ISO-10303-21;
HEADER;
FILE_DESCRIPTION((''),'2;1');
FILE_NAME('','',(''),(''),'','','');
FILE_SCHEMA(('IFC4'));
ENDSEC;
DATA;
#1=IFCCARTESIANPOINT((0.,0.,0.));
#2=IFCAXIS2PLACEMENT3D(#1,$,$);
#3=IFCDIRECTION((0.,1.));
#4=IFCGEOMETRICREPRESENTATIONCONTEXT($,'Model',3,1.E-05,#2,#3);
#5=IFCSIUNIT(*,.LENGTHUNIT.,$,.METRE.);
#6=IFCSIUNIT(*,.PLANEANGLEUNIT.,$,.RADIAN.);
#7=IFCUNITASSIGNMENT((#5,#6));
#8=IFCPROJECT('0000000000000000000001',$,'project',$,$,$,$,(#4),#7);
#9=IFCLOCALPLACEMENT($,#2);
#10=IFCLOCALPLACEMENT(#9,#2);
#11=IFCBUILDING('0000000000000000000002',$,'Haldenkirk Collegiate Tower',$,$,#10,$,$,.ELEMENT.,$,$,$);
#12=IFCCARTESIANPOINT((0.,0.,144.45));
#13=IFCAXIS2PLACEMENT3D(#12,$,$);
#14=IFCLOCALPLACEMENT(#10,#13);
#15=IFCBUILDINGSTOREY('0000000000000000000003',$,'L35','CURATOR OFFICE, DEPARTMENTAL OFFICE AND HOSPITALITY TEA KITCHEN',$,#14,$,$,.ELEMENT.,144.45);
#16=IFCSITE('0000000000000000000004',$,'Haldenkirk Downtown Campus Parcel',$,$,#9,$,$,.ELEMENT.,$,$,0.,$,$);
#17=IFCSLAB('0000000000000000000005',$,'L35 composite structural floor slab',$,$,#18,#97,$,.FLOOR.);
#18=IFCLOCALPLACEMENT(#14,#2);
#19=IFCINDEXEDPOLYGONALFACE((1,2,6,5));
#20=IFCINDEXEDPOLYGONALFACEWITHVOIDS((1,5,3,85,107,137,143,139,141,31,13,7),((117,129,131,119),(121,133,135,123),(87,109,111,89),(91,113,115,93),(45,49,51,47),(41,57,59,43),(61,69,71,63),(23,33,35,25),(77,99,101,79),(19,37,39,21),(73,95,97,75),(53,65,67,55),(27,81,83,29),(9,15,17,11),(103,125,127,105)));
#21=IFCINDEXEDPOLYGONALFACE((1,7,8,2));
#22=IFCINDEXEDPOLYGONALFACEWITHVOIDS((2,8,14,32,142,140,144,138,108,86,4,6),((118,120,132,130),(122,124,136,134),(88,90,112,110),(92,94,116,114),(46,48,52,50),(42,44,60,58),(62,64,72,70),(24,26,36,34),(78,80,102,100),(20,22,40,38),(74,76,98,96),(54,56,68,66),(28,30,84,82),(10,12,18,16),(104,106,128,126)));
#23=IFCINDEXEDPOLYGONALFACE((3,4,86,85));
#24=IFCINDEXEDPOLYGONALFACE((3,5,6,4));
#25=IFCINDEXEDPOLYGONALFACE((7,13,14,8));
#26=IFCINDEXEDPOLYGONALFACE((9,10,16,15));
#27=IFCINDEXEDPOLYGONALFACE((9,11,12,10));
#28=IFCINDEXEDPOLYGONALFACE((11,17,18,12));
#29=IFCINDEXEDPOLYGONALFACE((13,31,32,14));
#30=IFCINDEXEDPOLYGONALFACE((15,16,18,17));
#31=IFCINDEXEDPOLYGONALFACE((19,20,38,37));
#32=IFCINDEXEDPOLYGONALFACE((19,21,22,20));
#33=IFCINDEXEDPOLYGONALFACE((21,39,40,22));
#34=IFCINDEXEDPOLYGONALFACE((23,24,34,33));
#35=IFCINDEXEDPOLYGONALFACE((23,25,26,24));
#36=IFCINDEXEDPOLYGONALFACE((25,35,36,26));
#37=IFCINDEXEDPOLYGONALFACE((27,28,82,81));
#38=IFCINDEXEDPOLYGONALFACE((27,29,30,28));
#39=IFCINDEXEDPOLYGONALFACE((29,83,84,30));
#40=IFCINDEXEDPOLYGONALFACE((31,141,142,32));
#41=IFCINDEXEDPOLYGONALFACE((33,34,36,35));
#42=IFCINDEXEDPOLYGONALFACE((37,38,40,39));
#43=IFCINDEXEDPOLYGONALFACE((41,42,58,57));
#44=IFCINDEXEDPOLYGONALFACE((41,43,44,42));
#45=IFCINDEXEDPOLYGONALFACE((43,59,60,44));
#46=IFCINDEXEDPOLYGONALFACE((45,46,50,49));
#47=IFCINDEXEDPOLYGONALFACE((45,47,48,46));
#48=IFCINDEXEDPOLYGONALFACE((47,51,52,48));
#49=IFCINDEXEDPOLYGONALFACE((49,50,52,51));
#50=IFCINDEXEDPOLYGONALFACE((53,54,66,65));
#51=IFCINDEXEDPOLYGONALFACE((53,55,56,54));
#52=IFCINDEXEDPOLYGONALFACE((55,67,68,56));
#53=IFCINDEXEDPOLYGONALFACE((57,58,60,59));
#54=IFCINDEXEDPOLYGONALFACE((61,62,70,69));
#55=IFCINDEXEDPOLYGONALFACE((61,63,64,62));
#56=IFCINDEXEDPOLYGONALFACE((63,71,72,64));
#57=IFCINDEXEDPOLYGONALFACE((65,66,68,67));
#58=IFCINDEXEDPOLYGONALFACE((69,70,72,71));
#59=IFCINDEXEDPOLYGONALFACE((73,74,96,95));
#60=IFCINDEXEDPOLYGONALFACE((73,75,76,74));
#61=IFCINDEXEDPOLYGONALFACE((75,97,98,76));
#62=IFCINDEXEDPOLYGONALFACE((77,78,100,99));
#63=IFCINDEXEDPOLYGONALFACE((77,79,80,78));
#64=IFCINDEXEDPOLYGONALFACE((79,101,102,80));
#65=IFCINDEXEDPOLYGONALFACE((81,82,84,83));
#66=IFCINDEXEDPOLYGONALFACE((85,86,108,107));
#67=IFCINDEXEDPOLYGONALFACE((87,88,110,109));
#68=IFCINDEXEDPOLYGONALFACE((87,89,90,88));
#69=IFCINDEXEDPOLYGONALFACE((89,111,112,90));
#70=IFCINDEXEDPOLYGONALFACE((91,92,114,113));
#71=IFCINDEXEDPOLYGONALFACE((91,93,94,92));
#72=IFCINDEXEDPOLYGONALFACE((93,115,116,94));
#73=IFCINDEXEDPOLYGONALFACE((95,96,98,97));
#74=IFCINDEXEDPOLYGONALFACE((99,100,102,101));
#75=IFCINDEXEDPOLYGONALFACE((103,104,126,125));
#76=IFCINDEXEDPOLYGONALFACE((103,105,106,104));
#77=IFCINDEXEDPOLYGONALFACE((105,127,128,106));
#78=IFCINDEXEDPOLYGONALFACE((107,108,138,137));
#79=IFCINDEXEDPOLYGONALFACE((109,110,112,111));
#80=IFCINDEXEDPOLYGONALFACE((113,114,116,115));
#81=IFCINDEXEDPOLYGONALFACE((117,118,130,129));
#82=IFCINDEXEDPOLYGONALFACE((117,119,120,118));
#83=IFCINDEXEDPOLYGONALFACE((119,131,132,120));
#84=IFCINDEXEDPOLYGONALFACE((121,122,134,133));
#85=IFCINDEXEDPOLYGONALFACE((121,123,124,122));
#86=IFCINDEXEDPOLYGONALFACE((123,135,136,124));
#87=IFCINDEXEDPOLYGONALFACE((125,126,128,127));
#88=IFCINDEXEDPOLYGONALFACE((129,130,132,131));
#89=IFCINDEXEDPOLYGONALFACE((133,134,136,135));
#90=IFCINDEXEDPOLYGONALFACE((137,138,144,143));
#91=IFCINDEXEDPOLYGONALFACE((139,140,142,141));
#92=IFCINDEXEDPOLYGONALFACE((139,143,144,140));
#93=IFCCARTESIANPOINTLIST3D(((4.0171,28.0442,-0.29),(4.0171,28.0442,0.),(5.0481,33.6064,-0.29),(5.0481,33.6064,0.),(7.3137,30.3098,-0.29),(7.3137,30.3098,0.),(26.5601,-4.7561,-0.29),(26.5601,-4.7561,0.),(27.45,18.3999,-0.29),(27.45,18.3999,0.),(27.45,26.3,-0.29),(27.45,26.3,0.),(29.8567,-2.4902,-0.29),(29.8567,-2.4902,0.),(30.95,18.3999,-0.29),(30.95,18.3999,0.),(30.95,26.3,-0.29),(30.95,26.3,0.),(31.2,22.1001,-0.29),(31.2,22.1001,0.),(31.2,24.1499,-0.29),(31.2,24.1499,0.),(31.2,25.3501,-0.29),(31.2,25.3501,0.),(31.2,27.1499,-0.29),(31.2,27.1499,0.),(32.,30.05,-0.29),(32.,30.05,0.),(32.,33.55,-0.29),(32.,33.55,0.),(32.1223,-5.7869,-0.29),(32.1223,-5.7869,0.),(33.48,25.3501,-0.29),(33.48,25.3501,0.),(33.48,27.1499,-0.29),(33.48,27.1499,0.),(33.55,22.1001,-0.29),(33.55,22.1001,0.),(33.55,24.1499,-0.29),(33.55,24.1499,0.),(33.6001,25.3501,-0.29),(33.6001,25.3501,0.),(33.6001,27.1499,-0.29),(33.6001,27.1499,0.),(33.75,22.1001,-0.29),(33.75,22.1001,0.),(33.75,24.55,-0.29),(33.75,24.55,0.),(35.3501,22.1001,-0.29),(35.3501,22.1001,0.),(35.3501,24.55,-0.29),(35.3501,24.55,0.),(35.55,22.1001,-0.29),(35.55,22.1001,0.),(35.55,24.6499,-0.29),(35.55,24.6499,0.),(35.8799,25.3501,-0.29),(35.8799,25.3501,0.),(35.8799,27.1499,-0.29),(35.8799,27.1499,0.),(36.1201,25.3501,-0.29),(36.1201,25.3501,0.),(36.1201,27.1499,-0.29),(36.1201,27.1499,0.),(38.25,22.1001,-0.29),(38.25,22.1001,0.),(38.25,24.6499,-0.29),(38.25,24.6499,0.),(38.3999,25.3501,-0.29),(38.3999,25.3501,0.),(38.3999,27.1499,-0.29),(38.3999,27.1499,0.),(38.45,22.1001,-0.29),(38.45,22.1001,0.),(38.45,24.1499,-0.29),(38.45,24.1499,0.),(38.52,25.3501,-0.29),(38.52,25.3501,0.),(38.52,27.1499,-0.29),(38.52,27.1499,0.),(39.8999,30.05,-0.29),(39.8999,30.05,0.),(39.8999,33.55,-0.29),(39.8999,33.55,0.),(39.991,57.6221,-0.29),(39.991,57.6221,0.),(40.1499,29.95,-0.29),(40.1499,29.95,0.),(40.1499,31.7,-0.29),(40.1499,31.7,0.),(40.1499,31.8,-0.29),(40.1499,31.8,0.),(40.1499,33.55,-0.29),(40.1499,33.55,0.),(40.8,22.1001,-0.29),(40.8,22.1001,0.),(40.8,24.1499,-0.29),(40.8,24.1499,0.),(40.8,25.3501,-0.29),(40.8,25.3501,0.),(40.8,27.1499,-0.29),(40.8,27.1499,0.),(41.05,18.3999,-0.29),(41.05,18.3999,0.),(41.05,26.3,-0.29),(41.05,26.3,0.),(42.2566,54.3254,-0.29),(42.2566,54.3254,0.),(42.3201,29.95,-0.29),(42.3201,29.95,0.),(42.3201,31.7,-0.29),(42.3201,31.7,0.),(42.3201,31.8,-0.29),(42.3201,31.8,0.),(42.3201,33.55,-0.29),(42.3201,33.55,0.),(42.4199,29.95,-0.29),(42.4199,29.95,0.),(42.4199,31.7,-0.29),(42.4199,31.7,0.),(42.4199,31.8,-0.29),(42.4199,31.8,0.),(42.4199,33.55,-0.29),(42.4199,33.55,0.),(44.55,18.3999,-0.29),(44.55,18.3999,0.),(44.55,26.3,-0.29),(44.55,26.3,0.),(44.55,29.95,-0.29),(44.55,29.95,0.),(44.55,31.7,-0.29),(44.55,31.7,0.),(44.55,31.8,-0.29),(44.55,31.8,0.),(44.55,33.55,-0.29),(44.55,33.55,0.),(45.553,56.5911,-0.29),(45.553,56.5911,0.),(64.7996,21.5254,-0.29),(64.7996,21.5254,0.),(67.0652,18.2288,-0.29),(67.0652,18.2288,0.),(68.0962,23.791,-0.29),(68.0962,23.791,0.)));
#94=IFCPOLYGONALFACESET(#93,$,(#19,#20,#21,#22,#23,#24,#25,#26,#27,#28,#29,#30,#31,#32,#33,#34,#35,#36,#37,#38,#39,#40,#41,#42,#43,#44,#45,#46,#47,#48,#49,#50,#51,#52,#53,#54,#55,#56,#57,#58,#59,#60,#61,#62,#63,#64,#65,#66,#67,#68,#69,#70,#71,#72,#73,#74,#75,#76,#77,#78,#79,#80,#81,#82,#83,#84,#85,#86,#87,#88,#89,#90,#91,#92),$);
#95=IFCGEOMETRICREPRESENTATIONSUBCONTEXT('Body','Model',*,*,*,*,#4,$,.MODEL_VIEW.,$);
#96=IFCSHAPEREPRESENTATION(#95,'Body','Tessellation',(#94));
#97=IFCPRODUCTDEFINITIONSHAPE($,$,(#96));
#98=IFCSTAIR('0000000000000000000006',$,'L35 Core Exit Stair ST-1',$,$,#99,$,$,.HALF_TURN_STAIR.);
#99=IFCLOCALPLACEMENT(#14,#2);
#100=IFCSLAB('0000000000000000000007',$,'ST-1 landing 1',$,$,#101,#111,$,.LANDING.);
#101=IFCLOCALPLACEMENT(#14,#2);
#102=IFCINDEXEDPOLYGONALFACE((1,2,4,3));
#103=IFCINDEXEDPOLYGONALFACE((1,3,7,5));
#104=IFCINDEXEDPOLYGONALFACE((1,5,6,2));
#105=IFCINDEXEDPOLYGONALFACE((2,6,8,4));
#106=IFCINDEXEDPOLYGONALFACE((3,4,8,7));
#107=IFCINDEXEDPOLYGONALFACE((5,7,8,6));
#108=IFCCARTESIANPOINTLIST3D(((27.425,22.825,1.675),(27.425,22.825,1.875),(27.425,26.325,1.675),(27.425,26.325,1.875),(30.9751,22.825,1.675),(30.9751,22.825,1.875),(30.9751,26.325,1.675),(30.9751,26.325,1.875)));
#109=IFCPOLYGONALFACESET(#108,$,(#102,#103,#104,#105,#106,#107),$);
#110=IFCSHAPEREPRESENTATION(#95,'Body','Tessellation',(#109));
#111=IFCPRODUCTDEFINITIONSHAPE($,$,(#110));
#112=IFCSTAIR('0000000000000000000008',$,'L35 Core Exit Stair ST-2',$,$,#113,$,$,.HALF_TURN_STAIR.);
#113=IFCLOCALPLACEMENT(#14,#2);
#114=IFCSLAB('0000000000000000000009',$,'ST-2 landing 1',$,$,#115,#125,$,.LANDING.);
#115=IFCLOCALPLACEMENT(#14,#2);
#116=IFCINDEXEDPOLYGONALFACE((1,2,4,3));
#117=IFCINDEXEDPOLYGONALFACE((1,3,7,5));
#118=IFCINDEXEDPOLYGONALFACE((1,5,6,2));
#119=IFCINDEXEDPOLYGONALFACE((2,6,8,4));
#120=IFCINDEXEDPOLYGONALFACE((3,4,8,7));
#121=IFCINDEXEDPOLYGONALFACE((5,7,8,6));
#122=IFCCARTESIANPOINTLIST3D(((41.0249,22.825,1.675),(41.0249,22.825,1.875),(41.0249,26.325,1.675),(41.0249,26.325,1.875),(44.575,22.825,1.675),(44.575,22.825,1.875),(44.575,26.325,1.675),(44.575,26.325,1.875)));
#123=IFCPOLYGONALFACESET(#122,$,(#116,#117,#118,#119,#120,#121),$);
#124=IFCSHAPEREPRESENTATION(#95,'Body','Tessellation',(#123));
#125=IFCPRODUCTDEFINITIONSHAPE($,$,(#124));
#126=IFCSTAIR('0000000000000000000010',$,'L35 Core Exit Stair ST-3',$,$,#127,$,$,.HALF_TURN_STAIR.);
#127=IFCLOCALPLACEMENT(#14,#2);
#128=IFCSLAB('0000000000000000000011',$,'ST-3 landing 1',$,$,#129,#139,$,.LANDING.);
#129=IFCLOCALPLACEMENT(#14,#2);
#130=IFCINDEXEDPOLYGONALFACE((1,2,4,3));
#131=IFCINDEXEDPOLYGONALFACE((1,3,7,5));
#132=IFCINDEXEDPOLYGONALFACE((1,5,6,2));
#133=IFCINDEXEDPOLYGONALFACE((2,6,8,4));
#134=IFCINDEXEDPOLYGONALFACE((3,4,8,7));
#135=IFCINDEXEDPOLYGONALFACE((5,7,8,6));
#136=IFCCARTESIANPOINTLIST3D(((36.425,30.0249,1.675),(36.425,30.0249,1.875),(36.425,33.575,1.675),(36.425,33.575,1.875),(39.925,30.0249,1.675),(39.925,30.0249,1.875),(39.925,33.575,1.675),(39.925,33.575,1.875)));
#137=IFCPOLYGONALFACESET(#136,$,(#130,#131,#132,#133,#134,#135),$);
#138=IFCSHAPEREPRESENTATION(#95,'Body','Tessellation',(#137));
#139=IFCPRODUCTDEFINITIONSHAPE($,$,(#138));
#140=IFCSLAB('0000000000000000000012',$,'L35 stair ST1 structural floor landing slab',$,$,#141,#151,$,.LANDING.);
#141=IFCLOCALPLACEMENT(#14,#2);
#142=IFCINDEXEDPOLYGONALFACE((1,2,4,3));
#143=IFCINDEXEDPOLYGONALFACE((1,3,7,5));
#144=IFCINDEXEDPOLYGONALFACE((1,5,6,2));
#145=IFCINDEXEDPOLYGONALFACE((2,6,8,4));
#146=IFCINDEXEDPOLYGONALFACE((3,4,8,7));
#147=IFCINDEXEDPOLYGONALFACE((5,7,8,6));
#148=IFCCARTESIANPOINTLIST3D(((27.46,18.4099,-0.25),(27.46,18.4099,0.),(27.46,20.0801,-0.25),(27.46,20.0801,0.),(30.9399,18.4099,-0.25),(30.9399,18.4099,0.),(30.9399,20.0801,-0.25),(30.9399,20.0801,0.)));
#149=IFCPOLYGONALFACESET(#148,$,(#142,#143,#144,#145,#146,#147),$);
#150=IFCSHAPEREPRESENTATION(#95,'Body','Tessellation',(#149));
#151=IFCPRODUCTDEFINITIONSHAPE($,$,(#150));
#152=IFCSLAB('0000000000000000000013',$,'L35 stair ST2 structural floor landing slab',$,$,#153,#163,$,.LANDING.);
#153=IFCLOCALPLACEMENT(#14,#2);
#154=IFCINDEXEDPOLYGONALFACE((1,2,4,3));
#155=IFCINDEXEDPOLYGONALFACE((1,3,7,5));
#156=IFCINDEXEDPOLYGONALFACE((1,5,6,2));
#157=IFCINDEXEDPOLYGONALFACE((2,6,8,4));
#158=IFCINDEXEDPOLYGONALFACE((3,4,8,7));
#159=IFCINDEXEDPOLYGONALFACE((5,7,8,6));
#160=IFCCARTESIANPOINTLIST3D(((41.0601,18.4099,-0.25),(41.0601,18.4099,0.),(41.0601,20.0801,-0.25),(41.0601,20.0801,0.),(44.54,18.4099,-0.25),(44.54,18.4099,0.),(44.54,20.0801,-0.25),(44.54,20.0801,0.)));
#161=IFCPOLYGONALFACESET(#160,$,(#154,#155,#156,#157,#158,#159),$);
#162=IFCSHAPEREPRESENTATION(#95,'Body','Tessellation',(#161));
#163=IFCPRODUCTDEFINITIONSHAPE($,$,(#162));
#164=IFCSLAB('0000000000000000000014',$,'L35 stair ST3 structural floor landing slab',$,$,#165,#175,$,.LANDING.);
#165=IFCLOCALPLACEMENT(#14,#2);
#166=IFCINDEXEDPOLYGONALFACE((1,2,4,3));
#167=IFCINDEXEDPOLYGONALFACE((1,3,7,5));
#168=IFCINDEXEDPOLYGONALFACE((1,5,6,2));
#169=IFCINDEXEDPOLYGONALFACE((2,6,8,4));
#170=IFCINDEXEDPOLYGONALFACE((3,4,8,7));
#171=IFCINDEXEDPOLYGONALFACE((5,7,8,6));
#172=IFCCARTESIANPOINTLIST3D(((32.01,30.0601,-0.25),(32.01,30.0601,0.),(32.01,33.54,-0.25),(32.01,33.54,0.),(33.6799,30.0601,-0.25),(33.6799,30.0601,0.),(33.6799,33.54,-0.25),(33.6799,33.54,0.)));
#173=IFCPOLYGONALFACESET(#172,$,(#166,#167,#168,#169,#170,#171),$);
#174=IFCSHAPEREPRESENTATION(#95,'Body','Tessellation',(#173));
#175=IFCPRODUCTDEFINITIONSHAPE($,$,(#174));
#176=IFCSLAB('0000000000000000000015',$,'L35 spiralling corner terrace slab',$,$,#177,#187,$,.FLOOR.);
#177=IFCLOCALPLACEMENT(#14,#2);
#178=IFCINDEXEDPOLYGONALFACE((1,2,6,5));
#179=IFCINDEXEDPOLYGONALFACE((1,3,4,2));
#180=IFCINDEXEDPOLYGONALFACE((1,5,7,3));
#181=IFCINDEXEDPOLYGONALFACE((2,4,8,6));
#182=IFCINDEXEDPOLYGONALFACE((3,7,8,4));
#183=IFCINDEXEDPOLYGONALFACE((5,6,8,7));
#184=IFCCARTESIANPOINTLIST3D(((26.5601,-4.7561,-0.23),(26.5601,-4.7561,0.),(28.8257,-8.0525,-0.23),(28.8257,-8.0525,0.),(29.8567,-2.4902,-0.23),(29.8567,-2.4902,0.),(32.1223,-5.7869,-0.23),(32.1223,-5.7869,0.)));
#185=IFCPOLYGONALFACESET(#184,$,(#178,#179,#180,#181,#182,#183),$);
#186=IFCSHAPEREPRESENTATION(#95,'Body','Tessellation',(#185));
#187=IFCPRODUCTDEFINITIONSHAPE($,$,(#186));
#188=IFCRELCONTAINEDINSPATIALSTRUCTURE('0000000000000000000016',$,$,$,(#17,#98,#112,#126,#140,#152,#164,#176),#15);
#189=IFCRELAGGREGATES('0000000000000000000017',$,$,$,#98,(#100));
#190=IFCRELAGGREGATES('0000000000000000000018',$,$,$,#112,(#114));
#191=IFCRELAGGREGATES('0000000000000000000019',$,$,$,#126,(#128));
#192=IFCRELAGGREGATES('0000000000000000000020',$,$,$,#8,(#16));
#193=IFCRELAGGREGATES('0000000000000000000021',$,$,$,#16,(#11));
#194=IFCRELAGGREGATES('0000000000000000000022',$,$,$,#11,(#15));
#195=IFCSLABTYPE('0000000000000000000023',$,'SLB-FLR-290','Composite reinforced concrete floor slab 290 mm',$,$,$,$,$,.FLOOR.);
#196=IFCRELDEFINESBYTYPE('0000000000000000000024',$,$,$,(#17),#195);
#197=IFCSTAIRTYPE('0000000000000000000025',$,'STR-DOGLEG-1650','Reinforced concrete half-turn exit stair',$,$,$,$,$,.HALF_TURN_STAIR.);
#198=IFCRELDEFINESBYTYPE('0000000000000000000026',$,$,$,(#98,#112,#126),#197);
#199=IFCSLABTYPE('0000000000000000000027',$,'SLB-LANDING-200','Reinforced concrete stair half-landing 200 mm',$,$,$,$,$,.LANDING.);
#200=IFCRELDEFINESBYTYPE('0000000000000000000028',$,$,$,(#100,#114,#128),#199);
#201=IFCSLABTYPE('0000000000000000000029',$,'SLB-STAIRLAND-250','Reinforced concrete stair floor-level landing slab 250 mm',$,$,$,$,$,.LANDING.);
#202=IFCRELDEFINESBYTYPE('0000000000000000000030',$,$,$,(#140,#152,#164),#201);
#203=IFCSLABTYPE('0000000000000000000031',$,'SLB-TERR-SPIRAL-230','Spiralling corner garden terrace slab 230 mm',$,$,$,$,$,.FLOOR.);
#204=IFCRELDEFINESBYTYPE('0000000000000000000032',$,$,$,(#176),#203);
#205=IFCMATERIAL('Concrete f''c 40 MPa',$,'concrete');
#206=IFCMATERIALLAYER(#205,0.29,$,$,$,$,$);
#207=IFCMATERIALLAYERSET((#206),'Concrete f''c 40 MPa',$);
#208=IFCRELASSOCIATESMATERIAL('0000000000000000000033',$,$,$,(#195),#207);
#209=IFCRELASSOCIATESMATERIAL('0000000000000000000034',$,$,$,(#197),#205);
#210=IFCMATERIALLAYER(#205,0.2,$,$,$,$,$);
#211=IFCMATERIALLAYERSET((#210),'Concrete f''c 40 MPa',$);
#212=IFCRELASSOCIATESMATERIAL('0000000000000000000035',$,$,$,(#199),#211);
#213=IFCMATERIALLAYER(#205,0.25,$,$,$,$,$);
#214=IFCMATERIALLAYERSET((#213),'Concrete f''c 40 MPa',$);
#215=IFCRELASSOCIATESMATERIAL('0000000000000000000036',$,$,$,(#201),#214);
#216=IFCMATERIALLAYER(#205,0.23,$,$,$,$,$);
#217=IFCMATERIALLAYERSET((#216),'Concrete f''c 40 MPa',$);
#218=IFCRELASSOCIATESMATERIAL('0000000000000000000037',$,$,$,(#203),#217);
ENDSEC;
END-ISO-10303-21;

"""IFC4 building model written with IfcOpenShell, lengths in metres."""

from ifc_helpers import new_model, si_unit, direction, frame, origin, place, context, subcontext, project, spatial, polyline, outline, extrude, material, layer, layer_set, type_object, element, aggregate, save


model = new_model("IFC4")

# Units and contexts
model_context = context("Model", 3, precision=1e-05, world=origin(), true_north=direction((0.0, 1.0)))
body_context = subcontext(model_context, "Body", "Model", "MODEL_VIEW")
ifc_project = project(units=[si_unit("LENGTHUNIT", "METRE"), si_unit("PLANEANGLEUNIT", "RADIAN")], contexts=[model_context])

# Site, building, storey
site_placement = place(None, origin())
site = spatial("IfcSite", under=ifc_project, at=site_placement, Name="Haldenkirk Downtown Campus Parcel", CompositionType="ELEMENT", RefElevation=0.0)
building_placement = place(site_placement, origin())
building = spatial("IfcBuilding", under=site, at=building_placement, Name="Haldenkirk Collegiate Tower", CompositionType="ELEMENT")
storey_placement = place(building_placement, frame((0.0, 0.0, 144.45)))
storey = spatial("IfcBuildingStorey", under=building, at=storey_placement, Name="L35", Description="CURATOR OFFICE, DEPARTMENTAL OFFICE AND HOSPITALITY TEA KITCHEN", CompositionType="ELEMENT", Elevation=144.45)

# Slab
ifc_material_1 = material(Name="Concrete f'c 40 MPa", Category="concrete")
ifc_layer_1 = layer(ifc_material_1, 0.29)
ifc_layer_set_1 = layer_set([ifc_layer_1], Name="Concrete f'c 40 MPa")
slab_type_1 = type_object("IfcSlabType", Name="SLB-FLR-290", Description="Composite reinforced concrete floor slab 290 mm", PredefinedType="FLOOR", material=ifc_layer_set_1)
slab_1_placement = place(storey_placement, frame((0.0, 0.0, -0.29)))
element("IfcSlab", 1, at=slab_1_placement, inside=storey, type_object=slab_type_1, Name="L35 composite structural floor slab", PredefinedType="FLOOR", context=body_context, shape_type="SweptSolid", body=[
    extrude(outline(polyline([(32.1223, -5.7869), (67.0652, 18.2288), (64.7996, 21.5254), (68.0962, 23.791), (45.553, 56.5911), (42.2566, 54.3254), (39.991, 57.6221), (5.0481, 33.6064), (7.3137, 30.3098), (4.0171, 28.0442), (26.5601, -4.7561), (29.8567, -2.4902), (32.1223, -5.7869)]), holes=[polyline([(27.45, 18.3999), (30.95, 18.3999), (30.95, 26.3), (27.45, 26.3), (27.45, 18.3999)]), polyline([(41.05, 18.3999), (44.55, 18.3999), (44.55, 26.3), (41.05, 26.3), (41.05, 18.3999)]), polyline([(32.0, 30.05), (39.8999, 30.05), (39.8999, 33.55), (32.0, 33.55), (32.0, 30.05)]), polyline([(33.75, 22.1001), (35.3501, 22.1001), (35.3501, 24.55), (33.75, 24.55), (33.75, 22.1001)]), polyline([(40.1499, 29.95), (42.3201, 29.95), (42.3201, 31.7), (40.1499, 31.7), (40.1499, 29.95)]), polyline([(42.4199, 29.95), (44.55, 29.95), (44.55, 31.7), (42.4199, 31.7), (42.4199, 29.95)]), polyline([(40.1499, 31.8), (42.3201, 31.8), (42.3201, 33.55), (40.1499, 33.55), (40.1499, 31.8)]), polyline([(42.4199, 31.8), (44.55, 31.8), (44.55, 33.55), (42.4199, 33.55), (42.4199, 31.8)]), polyline([(31.2, 25.3501), (33.48, 25.3501), (33.48, 27.1499), (31.2, 27.1499), (31.2, 25.3501)]), polyline([(33.6001, 25.3501), (35.8799, 25.3501), (35.8799, 27.1499), (33.6001, 27.1499), (33.6001, 25.3501)]), polyline([(36.1201, 25.3501), (38.3999, 25.3501), (38.3999, 27.1499), (36.1201, 27.1499), (36.1201, 25.3501)]), polyline([(38.52, 25.3501), (40.8, 25.3501), (40.8, 27.1499), (38.52, 27.1499), (38.52, 25.3501)]), polyline([(31.2, 22.1001), (33.55, 22.1001), (33.55, 24.1499), (31.2, 24.1499), (31.2, 22.1001)]), polyline([(38.45, 22.1001), (40.8, 22.1001), (40.8, 24.1499), (38.45, 24.1499), (38.45, 22.1001)]), polyline([(35.55, 22.1001), (38.25, 22.1001), (38.25, 24.6499), (35.55, 24.6499), (35.55, 22.1001)])]), origin(), (0.0, 0.0, 1.0), 0.29),
])

# Stairs, slabs
stair_type = type_object("IfcStairType", Name="STR-DOGLEG-1650", Description="Reinforced concrete half-turn exit stair", PredefinedType="HALF_TURN_STAIR", material=ifc_material_1)
stair_1_placement = place(storey_placement, origin())
stair_1 = element("IfcStair", 2, at=stair_1_placement, inside=storey, type_object=stair_type, Name="L35 Core Exit Stair ST-1", PredefinedType="HALF_TURN_STAIR")
ifc_layer_2 = layer(ifc_material_1, 0.2)
ifc_layer_set_2 = layer_set([ifc_layer_2], Name="Concrete f'c 40 MPa")
slab_type_2 = type_object("IfcSlabType", Name="SLB-LANDING-200", Description="Reinforced concrete stair half-landing 200 mm", PredefinedType="LANDING", material=ifc_layer_set_2)
slab_2_placement = place(storey_placement, frame((0.0, 0.0, 1.675)))
slab_2 = element("IfcSlab", 3, at=slab_2_placement, type_object=slab_type_2, Name="ST-1 landing 1", PredefinedType="LANDING", context=body_context, shape_type="SweptSolid", body=[
    extrude(outline(polyline([(30.9751, 22.825), (27.425, 22.825), (27.425, 26.325), (30.9751, 26.325), (30.9751, 22.825)])), origin(), (0.0, 0.0, 1.0), 0.2),
])
aggregate(stair_1, [slab_2])
stair_2_placement = place(storey_placement, origin())
stair_2 = element("IfcStair", 4, at=stair_2_placement, inside=storey, type_object=stair_type, Name="L35 Core Exit Stair ST-2", PredefinedType="HALF_TURN_STAIR")
slab_3_placement = place(storey_placement, frame((0.0, 0.0, 1.675)))
slab_3 = element("IfcSlab", 5, at=slab_3_placement, type_object=slab_type_2, Name="ST-2 landing 1", PredefinedType="LANDING", context=body_context, shape_type="SweptSolid", body=[
    extrude(outline(polyline([(44.575, 22.825), (41.0249, 22.825), (41.0249, 26.325), (44.575, 26.325), (44.575, 22.825)])), origin(), (0.0, 0.0, 1.0), 0.2),
])
aggregate(stair_2, [slab_3])
stair_3_placement = place(storey_placement, origin())
stair_3 = element("IfcStair", 6, at=stair_3_placement, inside=storey, type_object=stair_type, Name="L35 Core Exit Stair ST-3", PredefinedType="HALF_TURN_STAIR")
slab_4_placement = place(storey_placement, frame((0.0, 0.0, 1.675)))
slab_4 = element("IfcSlab", 7, at=slab_4_placement, type_object=slab_type_2, Name="ST-3 landing 1", PredefinedType="LANDING", context=body_context, shape_type="SweptSolid", body=[
    extrude(outline(polyline([(36.425, 30.0249), (36.425, 33.575), (39.925, 33.575), (39.925, 30.0249), (36.425, 30.0249)])), origin(), (0.0, 0.0, 1.0), 0.2),
])
aggregate(stair_3, [slab_4])

# Slabs
ifc_layer_3 = layer(ifc_material_1, 0.25)
ifc_layer_set_3 = layer_set([ifc_layer_3], Name="Concrete f'c 40 MPa")
slab_type_3 = type_object("IfcSlabType", Name="SLB-STAIRLAND-250", Description="Reinforced concrete stair floor-level landing slab 250 mm", PredefinedType="LANDING", material=ifc_layer_set_3)
slab_5_placement = place(storey_placement, frame((0.0, 0.0, -0.25)))
element("IfcSlab", 8, at=slab_5_placement, inside=storey, type_object=slab_type_3, Name="L35 stair ST1 structural floor landing slab", PredefinedType="LANDING", context=body_context, shape_type="SweptSolid", body=[
    extrude(outline(polyline([(27.46, 18.4099), (30.9399, 18.4099), (30.9399, 20.0801), (27.46, 20.0801), (27.46, 18.4099)])), origin(), (0.0, 0.0, 1.0), 0.25),
])
slab_6_placement = place(storey_placement, frame((0.0, 0.0, -0.25)))
element("IfcSlab", 9, at=slab_6_placement, inside=storey, type_object=slab_type_3, Name="L35 stair ST2 structural floor landing slab", PredefinedType="LANDING", context=body_context, shape_type="SweptSolid", body=[
    extrude(outline(polyline([(41.0601, 18.4099), (44.54, 18.4099), (44.54, 20.0801), (41.0601, 20.0801), (41.0601, 18.4099)])), origin(), (0.0, 0.0, 1.0), 0.25),
])
slab_7_placement = place(storey_placement, frame((0.0, 0.0, -0.25)))
element("IfcSlab", 10, at=slab_7_placement, inside=storey, type_object=slab_type_3, Name="L35 stair ST3 structural floor landing slab", PredefinedType="LANDING", context=body_context, shape_type="SweptSolid", body=[
    extrude(outline(polyline([(32.01, 30.0601), (33.6799, 30.0601), (33.6799, 33.54), (32.01, 33.54), (32.01, 30.0601)])), origin(), (0.0, 0.0, 1.0), 0.25),
])
ifc_layer_4 = layer(ifc_material_1, 0.23)
ifc_layer_set_4 = layer_set([ifc_layer_4], Name="Concrete f'c 40 MPa")
slab_type_4 = type_object("IfcSlabType", Name="SLB-TERR-SPIRAL-230", Description="Spiralling corner garden terrace slab 230 mm", PredefinedType="FLOOR", material=ifc_layer_set_4)
slab_8_placement = place(storey_placement, frame((0.0, 0.0, -0.23)))
element("IfcSlab", 11, at=slab_8_placement, inside=storey, type_object=slab_type_4, Name="L35 spiralling corner terrace slab", PredefinedType="FLOOR", context=body_context, shape_type="SweptSolid", body=[
    extrude(outline(polyline([(28.8257, -8.0525), (32.1223, -5.7869), (29.8567, -2.4902), (26.5601, -4.7561), (28.8257, -8.0525)])), origin(), (0.0, 0.0, 1.0), 0.23),
])

save(model, "model.ifc")
